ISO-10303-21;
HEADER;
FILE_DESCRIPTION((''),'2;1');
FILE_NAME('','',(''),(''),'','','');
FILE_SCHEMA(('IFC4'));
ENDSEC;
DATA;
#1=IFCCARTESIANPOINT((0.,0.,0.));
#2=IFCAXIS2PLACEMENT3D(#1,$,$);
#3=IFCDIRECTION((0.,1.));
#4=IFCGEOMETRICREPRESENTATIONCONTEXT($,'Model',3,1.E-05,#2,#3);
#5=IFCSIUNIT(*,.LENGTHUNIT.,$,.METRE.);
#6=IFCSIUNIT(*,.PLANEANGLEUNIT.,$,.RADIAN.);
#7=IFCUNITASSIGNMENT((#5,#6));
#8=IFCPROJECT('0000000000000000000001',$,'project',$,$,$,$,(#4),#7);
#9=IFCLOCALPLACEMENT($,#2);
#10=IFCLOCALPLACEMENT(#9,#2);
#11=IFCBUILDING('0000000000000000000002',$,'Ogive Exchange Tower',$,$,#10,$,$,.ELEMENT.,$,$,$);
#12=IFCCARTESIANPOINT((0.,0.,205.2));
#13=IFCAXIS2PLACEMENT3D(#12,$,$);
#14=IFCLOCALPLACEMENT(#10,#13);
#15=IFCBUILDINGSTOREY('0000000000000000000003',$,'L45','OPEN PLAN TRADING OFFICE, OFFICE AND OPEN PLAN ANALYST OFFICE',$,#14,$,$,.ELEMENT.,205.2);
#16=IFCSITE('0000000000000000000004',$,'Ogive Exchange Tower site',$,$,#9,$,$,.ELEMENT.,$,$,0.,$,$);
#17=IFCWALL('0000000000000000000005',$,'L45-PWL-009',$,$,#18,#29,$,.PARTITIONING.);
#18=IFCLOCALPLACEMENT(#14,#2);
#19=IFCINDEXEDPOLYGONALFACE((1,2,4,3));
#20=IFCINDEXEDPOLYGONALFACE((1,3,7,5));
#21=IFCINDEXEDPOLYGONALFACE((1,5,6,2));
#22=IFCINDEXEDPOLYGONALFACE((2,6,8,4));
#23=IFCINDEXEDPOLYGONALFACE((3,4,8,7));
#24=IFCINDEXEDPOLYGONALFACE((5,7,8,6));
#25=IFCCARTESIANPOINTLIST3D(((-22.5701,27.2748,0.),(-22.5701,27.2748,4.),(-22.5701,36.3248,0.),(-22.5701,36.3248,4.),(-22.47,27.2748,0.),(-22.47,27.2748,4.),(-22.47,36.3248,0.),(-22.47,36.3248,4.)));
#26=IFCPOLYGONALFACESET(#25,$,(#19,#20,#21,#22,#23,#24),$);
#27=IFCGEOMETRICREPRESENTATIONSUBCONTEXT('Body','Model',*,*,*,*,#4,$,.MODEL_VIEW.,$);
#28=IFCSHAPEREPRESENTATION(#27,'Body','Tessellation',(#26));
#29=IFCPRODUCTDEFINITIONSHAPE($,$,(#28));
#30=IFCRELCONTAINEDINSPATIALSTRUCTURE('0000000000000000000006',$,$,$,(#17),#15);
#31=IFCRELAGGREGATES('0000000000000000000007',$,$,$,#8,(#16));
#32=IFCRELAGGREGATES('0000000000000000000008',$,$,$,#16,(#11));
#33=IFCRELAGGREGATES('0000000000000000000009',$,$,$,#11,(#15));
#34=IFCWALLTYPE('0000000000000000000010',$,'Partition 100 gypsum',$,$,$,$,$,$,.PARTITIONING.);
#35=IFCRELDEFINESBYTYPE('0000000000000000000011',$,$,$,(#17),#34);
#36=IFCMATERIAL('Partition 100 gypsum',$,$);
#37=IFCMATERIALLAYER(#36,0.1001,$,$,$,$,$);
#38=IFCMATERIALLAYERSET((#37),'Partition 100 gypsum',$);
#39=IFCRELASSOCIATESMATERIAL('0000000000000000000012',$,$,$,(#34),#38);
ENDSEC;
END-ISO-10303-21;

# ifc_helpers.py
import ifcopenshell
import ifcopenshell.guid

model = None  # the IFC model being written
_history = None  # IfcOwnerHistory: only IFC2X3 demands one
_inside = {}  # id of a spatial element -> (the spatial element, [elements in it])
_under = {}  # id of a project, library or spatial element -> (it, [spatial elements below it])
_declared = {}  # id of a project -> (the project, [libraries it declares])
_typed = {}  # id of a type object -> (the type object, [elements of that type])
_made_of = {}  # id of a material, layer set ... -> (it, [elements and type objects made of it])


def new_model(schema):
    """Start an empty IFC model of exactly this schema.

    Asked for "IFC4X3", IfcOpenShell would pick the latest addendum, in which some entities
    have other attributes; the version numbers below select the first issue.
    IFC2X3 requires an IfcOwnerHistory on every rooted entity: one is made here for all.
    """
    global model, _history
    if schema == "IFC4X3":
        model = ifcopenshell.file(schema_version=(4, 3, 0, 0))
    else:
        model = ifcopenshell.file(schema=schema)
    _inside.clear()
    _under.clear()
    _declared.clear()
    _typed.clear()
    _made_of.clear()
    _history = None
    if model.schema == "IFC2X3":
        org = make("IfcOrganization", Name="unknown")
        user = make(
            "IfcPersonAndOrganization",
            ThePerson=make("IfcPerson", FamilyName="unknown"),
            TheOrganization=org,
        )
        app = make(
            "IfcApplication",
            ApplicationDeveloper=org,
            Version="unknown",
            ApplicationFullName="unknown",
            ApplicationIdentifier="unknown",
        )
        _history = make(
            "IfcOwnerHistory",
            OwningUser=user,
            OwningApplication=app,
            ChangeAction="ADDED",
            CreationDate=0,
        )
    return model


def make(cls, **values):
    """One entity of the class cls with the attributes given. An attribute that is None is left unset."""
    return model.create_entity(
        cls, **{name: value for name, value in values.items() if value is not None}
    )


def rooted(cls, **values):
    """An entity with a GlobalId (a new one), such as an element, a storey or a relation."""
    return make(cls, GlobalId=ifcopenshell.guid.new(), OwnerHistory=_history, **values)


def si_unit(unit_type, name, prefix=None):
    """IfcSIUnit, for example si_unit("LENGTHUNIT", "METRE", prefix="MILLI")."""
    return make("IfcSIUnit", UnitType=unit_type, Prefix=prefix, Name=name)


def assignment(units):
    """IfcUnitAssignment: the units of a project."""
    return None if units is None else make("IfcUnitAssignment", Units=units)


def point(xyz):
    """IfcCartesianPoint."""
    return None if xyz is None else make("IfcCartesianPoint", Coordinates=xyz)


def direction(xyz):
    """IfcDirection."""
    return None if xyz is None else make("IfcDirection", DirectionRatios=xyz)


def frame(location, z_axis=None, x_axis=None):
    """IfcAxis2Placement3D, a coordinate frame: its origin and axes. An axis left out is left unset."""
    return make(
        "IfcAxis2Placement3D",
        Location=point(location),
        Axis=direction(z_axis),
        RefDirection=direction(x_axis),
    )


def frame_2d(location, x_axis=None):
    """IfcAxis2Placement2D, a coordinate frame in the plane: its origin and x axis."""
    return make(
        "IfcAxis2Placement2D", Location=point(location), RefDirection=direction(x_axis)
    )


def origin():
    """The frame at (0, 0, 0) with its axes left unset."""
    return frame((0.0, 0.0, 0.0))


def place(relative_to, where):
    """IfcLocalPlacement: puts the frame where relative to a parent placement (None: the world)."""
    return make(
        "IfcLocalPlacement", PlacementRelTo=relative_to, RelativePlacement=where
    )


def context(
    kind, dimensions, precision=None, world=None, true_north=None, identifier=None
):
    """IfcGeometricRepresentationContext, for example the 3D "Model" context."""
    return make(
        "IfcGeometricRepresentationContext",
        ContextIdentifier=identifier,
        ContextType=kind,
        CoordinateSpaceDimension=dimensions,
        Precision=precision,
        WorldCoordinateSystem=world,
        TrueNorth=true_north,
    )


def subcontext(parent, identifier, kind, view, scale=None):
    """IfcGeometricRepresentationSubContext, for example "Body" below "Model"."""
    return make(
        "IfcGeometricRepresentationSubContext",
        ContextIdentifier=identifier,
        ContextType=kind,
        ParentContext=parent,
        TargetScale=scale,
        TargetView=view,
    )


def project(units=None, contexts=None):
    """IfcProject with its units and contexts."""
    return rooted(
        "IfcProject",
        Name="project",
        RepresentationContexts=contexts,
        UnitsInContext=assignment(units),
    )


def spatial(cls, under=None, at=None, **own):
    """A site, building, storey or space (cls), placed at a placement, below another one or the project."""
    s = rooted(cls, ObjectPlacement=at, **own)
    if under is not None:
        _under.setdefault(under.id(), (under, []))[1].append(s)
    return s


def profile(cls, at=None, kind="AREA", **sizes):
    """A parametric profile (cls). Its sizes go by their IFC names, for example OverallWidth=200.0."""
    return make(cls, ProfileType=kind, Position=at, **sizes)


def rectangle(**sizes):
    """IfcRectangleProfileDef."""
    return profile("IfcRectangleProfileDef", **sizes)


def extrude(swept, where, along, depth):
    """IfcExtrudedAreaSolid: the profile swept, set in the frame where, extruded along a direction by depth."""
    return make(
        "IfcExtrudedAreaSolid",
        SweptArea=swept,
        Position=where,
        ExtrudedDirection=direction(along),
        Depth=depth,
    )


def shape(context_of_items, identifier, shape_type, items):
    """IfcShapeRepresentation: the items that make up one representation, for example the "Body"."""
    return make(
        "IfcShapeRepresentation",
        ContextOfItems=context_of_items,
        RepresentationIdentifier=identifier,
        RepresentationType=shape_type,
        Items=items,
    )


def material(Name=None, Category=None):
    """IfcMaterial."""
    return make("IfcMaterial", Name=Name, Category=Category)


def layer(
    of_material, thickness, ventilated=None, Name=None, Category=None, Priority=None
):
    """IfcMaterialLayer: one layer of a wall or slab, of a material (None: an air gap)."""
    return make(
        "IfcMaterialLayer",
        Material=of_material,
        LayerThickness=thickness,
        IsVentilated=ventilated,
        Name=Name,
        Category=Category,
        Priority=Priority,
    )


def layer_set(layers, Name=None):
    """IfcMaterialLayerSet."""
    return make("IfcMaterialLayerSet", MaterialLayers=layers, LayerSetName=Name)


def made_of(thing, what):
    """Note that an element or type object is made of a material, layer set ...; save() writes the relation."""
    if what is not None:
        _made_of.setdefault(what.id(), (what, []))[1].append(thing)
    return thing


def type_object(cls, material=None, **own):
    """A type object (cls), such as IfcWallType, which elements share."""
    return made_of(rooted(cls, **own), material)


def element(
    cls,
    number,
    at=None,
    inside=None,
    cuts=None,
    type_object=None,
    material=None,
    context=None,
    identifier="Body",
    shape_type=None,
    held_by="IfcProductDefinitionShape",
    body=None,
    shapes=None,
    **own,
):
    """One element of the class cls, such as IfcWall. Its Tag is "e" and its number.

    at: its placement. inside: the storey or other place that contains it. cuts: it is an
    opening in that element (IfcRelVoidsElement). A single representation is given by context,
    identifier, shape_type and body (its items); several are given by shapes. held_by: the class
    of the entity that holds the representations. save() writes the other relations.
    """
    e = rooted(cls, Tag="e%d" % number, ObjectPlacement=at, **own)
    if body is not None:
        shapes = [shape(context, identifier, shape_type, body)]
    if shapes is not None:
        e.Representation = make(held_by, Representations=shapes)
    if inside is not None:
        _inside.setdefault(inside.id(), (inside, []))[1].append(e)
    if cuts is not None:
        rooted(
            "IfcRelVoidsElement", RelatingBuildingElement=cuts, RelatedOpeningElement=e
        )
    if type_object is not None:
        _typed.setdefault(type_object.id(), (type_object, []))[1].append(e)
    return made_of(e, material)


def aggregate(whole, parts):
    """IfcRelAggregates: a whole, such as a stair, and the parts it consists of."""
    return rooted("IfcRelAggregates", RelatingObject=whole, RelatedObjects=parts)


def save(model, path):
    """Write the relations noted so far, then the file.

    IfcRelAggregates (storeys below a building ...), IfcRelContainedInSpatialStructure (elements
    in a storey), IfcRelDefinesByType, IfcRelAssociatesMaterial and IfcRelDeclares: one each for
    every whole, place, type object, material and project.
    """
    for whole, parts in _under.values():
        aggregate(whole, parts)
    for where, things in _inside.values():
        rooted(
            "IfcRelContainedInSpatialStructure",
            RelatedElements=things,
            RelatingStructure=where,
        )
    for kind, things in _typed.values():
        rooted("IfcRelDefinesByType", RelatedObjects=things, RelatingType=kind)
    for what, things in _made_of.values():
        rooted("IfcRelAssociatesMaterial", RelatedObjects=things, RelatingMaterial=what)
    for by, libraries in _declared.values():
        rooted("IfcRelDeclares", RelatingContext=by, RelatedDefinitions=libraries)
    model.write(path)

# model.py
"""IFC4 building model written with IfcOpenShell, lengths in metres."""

from ifc_helpers import new_model, si_unit, direction, frame, frame_2d, origin, place, context, subcontext, project, spatial, rectangle, extrude, material, layer, layer_set, type_object, element, save


model = new_model("IFC4")

# Units and contexts
model_context = context("Model", 3, precision=1e-05, world=origin(), true_north=direction((0.0, 1.0)))
body_context = subcontext(model_context, "Body", "Model", "MODEL_VIEW")
ifc_project = project(units=[si_unit("LENGTHUNIT", "METRE"), si_unit("PLANEANGLEUNIT", "RADIAN")], contexts=[model_context])

# Site, building, storey
site_placement = place(None, origin())
site = spatial("IfcSite", under=ifc_project, at=site_placement, Name="Ogive Exchange Tower site", CompositionType="ELEMENT", RefElevation=0.0)
building_placement = place(site_placement, origin())
building = spatial("IfcBuilding", under=site, at=building_placement, Name="Ogive Exchange Tower", CompositionType="ELEMENT")
storey_placement = place(building_placement, frame((0.0, 0.0, 205.2)))
storey = spatial("IfcBuildingStorey", under=building, at=storey_placement, Name="L45", Description="OPEN PLAN TRADING OFFICE, OFFICE AND OPEN PLAN ANALYST OFFICE", CompositionType="ELEMENT", Elevation=205.2)

# Wall
ifc_material_1 = material(Name="Partition 100 gypsum")
ifc_layer_1 = layer(ifc_material_1, 0.1001)
ifc_layer_set_1 = layer_set([ifc_layer_1], Name="Partition 100 gypsum")
wall_type_1 = type_object("IfcWallType", Name="Partition 100 gypsum", PredefinedType="PARTITIONING", material=ifc_layer_set_1)
wall_1_placement = place(storey_placement, frame((-22.52, 27.2749, 0.0), z_axis=(0.0, 0.0, 1.0), x_axis=(0.0, 1.0, 0.0)))
element("IfcWall", 1, at=wall_1_placement, inside=storey, type_object=wall_type_1, Name="L45-PWL-009", PredefinedType="PARTITIONING", context=body_context, shape_type="SweptSolid", body=[
    extrude(rectangle(XDim=9.05, YDim=0.1001, at=frame_2d((4.5249, 0.0))), origin(), (0.0, 0.0, 1.0), 4.0),
])

save(model, "model.ifc")
